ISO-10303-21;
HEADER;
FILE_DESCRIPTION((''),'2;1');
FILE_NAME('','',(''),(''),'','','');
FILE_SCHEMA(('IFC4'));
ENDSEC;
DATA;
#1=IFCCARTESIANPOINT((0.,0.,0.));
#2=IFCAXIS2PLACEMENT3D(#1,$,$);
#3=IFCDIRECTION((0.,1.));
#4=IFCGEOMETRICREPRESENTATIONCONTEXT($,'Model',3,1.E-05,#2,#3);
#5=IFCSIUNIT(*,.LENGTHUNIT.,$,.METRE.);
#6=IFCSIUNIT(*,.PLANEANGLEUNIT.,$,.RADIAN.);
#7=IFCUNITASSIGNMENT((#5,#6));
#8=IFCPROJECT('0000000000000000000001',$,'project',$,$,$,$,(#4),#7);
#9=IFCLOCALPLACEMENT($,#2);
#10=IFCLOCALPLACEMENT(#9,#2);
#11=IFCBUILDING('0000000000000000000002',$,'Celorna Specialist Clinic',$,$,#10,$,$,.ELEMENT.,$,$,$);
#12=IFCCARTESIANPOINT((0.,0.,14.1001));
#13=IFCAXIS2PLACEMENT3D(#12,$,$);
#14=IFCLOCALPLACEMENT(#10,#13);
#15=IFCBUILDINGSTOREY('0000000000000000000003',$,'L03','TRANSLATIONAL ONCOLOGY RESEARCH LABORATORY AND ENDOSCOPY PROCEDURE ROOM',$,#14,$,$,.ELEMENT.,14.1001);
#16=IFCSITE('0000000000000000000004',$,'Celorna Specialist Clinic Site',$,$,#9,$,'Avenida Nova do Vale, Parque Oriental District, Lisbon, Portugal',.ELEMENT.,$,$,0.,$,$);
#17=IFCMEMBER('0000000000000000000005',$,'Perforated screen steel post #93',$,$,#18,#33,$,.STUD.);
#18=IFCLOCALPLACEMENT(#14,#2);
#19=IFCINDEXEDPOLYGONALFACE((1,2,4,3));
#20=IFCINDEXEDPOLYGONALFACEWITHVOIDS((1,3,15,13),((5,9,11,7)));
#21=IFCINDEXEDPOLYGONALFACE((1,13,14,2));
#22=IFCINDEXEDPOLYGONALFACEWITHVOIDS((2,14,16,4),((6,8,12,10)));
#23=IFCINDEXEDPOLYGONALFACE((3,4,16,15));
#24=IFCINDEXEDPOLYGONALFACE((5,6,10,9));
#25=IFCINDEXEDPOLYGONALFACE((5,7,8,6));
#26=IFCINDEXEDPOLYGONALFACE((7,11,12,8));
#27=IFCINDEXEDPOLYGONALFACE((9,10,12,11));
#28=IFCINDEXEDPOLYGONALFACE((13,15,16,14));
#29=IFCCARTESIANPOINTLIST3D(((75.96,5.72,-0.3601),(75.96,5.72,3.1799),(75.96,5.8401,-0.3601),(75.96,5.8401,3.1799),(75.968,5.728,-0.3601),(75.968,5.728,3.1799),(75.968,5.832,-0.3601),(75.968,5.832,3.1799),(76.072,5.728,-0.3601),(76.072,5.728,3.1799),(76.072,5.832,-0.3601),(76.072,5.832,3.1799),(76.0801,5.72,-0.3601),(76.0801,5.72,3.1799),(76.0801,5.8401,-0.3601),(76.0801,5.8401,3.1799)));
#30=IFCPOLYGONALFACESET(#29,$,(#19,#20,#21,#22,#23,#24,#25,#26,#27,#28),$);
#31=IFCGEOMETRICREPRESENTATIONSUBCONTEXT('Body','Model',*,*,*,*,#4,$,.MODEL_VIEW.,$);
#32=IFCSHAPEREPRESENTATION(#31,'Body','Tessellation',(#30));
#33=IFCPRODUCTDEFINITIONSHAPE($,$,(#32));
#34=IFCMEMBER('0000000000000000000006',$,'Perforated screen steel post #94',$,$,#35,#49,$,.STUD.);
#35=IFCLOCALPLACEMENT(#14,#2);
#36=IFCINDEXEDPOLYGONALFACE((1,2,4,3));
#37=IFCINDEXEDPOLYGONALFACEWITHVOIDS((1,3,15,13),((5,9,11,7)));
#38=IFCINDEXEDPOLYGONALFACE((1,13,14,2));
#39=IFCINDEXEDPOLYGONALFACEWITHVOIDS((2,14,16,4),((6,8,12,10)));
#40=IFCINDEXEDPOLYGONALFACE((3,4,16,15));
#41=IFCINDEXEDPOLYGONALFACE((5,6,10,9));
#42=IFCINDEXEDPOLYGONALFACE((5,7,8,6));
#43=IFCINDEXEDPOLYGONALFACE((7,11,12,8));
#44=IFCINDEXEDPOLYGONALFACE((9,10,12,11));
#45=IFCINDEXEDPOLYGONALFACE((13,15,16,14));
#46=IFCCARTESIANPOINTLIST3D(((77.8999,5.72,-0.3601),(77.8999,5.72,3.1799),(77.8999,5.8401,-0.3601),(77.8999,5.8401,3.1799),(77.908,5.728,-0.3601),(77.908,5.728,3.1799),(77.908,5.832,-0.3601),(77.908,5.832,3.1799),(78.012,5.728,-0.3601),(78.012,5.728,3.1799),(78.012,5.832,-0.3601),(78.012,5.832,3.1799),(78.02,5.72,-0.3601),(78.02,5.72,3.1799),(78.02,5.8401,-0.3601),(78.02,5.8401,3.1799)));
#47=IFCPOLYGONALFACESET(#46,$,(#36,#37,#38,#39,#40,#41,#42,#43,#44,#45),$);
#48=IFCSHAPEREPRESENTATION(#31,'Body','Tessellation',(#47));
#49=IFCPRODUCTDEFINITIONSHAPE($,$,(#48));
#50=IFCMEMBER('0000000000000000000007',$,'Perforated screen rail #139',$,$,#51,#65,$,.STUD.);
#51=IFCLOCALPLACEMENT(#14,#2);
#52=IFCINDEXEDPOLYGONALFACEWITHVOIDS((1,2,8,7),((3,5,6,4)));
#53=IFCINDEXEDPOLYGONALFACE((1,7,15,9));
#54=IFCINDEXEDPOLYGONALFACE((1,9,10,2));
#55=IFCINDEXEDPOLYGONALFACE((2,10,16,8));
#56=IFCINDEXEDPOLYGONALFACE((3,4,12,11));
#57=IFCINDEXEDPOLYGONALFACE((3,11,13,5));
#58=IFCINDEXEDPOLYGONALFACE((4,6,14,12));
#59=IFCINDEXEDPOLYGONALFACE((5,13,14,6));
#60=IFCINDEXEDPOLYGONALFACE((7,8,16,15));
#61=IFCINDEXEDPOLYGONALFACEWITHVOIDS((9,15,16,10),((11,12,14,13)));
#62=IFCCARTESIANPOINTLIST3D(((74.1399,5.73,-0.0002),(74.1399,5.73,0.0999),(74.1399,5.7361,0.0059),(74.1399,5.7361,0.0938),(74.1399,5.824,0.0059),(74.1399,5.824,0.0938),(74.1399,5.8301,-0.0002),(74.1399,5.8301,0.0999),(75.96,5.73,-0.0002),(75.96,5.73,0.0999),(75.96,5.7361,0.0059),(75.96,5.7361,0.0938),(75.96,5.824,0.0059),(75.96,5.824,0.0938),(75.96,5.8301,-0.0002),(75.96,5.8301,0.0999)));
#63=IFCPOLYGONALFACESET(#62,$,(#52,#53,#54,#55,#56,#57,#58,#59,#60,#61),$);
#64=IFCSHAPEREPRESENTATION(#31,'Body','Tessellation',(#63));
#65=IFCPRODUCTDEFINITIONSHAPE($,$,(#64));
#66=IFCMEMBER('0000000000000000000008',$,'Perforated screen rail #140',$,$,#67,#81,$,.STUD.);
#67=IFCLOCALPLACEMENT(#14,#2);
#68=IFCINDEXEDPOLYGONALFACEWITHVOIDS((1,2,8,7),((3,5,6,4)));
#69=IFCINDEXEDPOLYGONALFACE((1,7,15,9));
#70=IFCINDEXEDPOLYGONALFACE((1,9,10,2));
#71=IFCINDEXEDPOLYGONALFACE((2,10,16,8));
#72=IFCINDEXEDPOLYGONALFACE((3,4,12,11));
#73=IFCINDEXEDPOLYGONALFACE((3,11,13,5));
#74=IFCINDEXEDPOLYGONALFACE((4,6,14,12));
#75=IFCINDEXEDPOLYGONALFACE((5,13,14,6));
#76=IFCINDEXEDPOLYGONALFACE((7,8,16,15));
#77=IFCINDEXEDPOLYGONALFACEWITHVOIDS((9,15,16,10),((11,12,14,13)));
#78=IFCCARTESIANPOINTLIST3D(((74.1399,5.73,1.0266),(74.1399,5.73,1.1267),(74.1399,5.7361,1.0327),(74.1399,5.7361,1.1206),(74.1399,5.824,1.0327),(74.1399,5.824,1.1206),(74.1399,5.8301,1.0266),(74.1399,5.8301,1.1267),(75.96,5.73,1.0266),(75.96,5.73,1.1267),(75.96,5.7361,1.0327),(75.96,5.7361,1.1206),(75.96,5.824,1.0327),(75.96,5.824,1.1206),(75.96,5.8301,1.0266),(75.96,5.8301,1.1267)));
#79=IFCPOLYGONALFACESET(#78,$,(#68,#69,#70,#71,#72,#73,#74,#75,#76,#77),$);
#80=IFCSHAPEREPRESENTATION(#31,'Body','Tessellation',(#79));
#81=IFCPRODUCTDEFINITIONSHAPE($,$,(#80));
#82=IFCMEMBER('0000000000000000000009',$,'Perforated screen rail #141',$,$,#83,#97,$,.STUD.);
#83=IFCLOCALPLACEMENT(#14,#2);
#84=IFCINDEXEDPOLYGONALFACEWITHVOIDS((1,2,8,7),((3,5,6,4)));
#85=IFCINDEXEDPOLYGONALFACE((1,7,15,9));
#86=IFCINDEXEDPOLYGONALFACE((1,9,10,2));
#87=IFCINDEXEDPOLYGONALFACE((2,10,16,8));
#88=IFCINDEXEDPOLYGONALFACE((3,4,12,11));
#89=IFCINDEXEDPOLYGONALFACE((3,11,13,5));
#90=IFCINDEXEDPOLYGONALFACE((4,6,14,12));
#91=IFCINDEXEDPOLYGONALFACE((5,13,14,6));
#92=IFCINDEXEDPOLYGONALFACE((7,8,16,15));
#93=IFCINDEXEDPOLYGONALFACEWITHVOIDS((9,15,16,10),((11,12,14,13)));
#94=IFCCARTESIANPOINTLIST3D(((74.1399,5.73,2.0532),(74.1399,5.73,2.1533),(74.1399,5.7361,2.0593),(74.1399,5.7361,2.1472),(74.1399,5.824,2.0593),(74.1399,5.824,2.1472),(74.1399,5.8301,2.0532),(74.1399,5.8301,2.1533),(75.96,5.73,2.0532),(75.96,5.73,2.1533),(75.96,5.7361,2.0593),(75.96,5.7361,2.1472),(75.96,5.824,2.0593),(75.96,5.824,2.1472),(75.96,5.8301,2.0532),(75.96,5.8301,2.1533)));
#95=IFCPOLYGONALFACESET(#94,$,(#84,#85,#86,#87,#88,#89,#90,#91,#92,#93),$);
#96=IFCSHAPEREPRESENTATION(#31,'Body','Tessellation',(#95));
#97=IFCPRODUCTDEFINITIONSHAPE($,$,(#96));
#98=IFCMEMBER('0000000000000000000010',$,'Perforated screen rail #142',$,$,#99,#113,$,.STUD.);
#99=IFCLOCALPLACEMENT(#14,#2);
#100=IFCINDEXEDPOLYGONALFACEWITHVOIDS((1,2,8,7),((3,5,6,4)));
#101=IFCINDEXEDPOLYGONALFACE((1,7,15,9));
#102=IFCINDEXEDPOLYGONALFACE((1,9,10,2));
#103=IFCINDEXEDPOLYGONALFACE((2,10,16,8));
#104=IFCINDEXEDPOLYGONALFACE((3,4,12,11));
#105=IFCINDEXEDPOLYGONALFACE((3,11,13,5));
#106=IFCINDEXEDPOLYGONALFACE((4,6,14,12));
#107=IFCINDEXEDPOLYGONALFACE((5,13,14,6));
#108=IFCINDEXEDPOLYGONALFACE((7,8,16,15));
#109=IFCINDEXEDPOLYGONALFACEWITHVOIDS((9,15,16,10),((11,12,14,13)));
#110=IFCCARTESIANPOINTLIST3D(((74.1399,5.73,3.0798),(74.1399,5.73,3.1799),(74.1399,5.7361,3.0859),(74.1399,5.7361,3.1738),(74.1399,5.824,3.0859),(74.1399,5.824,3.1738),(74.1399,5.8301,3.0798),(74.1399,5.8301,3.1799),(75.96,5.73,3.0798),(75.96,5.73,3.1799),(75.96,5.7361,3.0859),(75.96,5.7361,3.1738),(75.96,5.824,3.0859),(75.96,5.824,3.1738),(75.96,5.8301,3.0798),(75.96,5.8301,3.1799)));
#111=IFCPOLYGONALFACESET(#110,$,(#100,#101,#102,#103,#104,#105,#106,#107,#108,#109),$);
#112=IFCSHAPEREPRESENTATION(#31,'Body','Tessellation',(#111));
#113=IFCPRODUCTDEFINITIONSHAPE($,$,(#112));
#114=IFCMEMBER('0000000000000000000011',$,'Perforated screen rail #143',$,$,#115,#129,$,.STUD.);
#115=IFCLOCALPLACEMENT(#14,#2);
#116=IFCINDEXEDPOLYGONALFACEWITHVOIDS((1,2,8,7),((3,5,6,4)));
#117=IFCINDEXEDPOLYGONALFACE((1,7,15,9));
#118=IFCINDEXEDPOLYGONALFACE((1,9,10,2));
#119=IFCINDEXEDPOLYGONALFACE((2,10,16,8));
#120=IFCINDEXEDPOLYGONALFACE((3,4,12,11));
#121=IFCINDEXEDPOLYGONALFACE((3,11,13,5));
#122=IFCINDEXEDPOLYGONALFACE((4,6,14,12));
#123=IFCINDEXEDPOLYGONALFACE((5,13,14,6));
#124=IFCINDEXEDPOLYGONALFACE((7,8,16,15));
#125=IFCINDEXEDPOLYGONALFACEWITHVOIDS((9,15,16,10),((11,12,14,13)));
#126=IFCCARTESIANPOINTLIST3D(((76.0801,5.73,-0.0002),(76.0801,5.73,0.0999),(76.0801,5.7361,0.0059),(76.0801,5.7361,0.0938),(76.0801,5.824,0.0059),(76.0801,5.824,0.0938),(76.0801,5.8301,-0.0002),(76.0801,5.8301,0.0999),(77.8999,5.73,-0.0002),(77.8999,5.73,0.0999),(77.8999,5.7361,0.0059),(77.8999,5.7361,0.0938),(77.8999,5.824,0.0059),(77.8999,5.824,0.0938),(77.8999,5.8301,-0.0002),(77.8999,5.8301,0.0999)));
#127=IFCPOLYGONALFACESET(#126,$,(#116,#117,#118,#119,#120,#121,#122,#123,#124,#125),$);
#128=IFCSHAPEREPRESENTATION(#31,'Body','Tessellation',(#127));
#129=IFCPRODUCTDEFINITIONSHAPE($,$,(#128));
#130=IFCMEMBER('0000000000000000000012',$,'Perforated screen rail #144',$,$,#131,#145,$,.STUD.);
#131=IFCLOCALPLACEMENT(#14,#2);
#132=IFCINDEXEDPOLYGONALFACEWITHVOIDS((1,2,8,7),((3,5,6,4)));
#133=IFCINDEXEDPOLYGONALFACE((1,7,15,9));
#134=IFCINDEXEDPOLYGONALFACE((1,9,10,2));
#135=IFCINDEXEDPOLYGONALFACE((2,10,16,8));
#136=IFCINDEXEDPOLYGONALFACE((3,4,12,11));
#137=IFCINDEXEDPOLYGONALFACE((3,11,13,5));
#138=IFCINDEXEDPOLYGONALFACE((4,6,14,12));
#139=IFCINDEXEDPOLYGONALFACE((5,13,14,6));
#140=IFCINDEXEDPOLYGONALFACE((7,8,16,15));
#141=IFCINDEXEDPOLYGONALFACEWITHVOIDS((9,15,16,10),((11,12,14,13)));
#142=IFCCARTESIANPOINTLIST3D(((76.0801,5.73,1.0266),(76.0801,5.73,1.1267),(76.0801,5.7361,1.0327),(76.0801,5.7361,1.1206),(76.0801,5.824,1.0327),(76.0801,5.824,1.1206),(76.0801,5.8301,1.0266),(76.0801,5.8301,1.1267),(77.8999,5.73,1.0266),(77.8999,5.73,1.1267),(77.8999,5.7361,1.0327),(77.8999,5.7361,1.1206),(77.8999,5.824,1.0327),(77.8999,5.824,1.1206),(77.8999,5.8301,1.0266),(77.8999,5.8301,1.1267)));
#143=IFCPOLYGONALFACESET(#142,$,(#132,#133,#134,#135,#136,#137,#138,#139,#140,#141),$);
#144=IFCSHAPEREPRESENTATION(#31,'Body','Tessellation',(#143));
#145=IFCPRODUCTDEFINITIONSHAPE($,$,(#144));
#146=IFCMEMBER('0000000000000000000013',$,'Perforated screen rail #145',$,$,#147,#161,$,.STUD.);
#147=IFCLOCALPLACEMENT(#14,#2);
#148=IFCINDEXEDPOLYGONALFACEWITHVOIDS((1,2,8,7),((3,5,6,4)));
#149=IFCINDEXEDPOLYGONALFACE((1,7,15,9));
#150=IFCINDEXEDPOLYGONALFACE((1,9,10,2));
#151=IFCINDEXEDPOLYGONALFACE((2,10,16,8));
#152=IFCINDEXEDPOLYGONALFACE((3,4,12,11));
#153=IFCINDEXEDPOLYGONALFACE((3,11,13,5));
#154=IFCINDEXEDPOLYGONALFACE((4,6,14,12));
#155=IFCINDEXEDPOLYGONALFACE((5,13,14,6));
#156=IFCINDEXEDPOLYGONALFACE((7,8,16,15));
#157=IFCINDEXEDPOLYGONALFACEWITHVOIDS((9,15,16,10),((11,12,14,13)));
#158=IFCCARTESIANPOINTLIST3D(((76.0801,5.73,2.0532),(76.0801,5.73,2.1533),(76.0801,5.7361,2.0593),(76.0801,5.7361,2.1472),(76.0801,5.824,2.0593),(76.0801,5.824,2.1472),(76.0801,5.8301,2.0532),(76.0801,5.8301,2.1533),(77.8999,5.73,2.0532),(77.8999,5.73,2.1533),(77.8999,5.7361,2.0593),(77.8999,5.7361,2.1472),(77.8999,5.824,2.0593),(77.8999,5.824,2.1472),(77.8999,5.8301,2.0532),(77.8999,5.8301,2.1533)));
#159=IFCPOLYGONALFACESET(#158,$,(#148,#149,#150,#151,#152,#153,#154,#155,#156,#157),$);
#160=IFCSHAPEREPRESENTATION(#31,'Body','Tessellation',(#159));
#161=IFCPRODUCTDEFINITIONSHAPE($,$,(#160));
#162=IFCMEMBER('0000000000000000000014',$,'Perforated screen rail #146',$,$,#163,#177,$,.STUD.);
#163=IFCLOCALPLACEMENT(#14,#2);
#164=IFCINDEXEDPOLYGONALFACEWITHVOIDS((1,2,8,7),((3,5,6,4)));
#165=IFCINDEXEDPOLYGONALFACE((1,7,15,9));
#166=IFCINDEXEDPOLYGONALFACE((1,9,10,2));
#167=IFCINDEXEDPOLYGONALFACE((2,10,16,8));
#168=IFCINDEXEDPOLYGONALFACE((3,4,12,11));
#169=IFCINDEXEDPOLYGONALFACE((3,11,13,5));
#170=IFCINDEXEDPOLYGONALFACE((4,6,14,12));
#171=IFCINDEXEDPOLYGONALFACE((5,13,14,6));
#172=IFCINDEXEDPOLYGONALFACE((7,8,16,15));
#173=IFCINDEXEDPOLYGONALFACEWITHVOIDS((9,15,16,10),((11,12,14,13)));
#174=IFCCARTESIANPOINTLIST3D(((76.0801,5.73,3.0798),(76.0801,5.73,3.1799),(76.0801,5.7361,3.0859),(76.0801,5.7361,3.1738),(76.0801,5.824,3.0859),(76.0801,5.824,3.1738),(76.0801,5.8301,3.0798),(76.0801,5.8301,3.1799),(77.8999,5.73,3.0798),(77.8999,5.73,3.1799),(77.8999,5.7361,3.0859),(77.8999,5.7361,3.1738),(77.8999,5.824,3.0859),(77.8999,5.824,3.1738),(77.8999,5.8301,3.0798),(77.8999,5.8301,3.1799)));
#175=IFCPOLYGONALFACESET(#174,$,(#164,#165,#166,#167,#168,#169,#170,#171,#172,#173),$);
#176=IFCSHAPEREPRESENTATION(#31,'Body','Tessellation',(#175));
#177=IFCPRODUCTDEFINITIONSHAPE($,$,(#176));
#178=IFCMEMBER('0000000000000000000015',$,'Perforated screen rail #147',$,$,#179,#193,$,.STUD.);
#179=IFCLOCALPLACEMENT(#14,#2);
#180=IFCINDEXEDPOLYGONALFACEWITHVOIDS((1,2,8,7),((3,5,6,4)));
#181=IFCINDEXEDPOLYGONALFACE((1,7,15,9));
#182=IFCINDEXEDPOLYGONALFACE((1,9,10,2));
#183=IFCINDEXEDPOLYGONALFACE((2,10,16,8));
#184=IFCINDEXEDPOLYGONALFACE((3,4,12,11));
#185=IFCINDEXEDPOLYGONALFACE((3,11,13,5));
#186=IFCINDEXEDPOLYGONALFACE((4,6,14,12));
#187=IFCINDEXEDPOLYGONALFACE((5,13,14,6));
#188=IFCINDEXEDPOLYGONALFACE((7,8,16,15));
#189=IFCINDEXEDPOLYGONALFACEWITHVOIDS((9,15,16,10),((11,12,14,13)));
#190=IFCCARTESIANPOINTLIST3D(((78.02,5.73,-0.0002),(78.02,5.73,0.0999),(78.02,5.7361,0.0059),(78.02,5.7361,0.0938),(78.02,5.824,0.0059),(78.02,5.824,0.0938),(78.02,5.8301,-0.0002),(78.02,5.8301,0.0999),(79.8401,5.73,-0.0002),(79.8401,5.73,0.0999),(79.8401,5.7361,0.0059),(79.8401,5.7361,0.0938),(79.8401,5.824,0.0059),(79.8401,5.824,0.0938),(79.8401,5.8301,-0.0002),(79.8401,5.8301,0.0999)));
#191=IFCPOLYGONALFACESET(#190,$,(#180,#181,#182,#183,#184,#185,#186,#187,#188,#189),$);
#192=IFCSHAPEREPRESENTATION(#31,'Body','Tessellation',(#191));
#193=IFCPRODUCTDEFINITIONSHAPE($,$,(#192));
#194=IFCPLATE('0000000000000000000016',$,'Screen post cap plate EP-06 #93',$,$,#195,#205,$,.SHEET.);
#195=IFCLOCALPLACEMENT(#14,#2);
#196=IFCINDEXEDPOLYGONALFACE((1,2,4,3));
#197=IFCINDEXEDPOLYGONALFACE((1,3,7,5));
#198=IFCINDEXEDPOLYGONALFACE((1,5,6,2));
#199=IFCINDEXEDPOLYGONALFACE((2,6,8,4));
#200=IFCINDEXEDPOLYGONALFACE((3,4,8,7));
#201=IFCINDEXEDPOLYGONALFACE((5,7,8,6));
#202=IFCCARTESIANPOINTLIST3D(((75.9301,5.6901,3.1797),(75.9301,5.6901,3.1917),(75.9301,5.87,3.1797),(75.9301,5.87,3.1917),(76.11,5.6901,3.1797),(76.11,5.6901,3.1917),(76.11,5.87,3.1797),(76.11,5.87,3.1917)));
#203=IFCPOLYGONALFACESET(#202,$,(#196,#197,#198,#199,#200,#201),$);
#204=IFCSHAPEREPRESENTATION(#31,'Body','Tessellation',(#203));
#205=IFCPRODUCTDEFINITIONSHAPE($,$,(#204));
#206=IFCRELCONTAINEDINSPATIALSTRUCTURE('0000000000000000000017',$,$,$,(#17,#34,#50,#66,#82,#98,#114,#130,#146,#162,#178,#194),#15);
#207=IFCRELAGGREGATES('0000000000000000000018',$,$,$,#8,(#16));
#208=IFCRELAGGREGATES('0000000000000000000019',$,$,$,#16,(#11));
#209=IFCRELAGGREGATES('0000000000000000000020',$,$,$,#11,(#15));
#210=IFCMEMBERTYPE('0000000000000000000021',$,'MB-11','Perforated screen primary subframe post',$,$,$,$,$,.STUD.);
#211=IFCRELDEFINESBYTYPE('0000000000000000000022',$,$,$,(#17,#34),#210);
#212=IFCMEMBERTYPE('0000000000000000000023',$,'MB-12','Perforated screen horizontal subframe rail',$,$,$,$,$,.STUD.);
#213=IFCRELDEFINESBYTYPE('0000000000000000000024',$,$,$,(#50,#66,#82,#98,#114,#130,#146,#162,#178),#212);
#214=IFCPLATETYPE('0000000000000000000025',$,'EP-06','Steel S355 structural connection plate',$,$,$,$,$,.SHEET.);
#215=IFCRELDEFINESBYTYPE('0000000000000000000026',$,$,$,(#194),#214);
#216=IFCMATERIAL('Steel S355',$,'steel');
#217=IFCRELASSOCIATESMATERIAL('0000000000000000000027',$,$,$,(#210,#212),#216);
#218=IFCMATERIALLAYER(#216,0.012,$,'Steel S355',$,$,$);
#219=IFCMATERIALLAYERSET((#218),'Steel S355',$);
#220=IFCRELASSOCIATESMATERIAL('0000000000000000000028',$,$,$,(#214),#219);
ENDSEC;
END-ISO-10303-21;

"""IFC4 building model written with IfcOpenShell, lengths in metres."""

from ifc_helpers import new_model, si_unit, direction, frame, origin, origin_2d, place, context, subcontext, project, spatial, rectangle, hollow_rectangle, extrude, material, layer, layer_set, material_profile, profile_set, type_object, element, save


model = new_model("IFC4")

# Units and contexts
model_context = context("Model", 3, precision=1e-05, world=origin(), true_north=direction((0.0, 1.0)))
body_context = subcontext(model_context, "Body", "Model", "MODEL_VIEW")
ifc_project = project(units=[si_unit("LENGTHUNIT", "METRE"), si_unit("PLANEANGLEUNIT", "RADIAN")], contexts=[model_context])

# Site, building, storey
site_placement = place(None, origin())
site = spatial("IfcSite", under=ifc_project, at=site_placement, Name="Celorna Specialist Clinic Site", LongName="Avenida Nova do Vale, Parque Oriental District, Lisbon, Portugal", CompositionType="ELEMENT", RefElevation=0.0)
building_placement = place(site_placement, origin())
building = spatial("IfcBuilding", under=site, at=building_placement, Name="Celorna Specialist Clinic", CompositionType="ELEMENT")
storey_placement = place(building_placement, frame((0.0, 0.0, 14.1001)))
storey = spatial("IfcBuildingStorey", under=building, at=storey_placement, Name="L03", Description="TRANSLATIONAL ONCOLOGY RESEARCH LABORATORY AND ENDOSCOPY PROCEDURE ROOM", CompositionType="ELEMENT", Elevation=14.1001)

# Members
ifc_material_1 = material(Name="Steel S355", Category="steel")
ifc_material_profile_1 = material_profile(ifc_material_1, hollow_rectangle(XDim=0.1201, YDim=0.1201, WallThickness=0.0081, at=origin_2d()), Name="SHS 120x120x8")
ifc_profile_set_1 = profile_set([ifc_material_profile_1], Name="Steel S355")
member_type_1 = type_object("IfcMemberType", Name="MB-11", Description="Perforated screen primary subframe post", PredefinedType="STUD", material=ifc_profile_set_1)
for number, where, z_axis, x_axis, name in (
    (1, (76.02, 5.78, -0.3601), (0.0, 0.0, 1.0), (1.0, 0.0, 0.0), "Perforated screen steel post #93"),
    (2, (77.96, 5.78, -0.3601), (0.0, 0.0, 1.0), (1.0, 0.0, 0.0), "Perforated screen steel post #94"),
):
    element("IfcMember", number, at=place(storey_placement, frame(where, z_axis=z_axis, x_axis=x_axis)), inside=storey, type_object=member_type_1, Name=name, PredefinedType="STUD", context=body_context, shape_type="SweptSolid", body=[
        extrude(hollow_rectangle(XDim=0.1201, YDim=0.1201, WallThickness=0.0081, at=origin_2d()), origin(), (0.0, 0.0, 1.0), 3.54),
    ])
ifc_material_profile_2 = material_profile(ifc_material_1, hollow_rectangle(XDim=0.1001, YDim=0.1001, WallThickness=0.0061, at=origin_2d()), Name="SHS 100x100x6")
ifc_profile_set_2 = profile_set([ifc_material_profile_2], Name="Steel S355")
member_type_2 = type_object("IfcMemberType", Name="MB-12", Description="Perforated screen horizontal subframe rail", PredefinedType="STUD", material=ifc_profile_set_2)
for number, where, z_axis, x_axis, name in (
    (3, (74.1399, 5.78, 0.0498), (1.0, 0.0, 0.0), (0.0, 1.0, 0.0), "Perforated screen rail #139"),
    (4, (74.1399, 5.78, 1.0767), (1.0, 0.0, 0.0), (0.0, 1.0, 0.0), "Perforated screen rail #140"),
    (5, (74.1399, 5.78, 2.1033), (1.0, 0.0, 0.0), (0.0, 1.0, 0.0), "Perforated screen rail #141"),
    (6, (74.1399, 5.78, 3.1299), (1.0, 0.0, 0.0), (0.0, 1.0, 0.0), "Perforated screen rail #142"),
):
    element("IfcMember", number, at=place(storey_placement, frame(where, z_axis=z_axis, x_axis=x_axis)), inside=storey, type_object=member_type_2, Name=name, PredefinedType="STUD", context=body_context, shape_type="SweptSolid", body=[
        extrude(hollow_rectangle(XDim=0.1001, YDim=0.1001, WallThickness=0.0061, at=origin_2d()), origin(), (0.0, 0.0, 1.0), 1.8201),
    ])
for number, where, z_axis, x_axis, name in (
    (7, (76.0801, 5.78, 0.0498), (1.0, 0.0, 0.0), (0.0, 1.0, 0.0), "Perforated screen rail #143"),
    (8, (76.0801, 5.78, 1.0767), (1.0, 0.0, 0.0), (0.0, 1.0, 0.0), "Perforated screen rail #144"),
    (9, (76.0801, 5.78, 2.1033), (1.0, 0.0, 0.0), (0.0, 1.0, 0.0), "Perforated screen rail #145"),
    (10, (76.0801, 5.78, 3.1299), (1.0, 0.0, 0.0), (0.0, 1.0, 0.0), "Perforated screen rail #146"),
):
    element("IfcMember", number, at=place(storey_placement, frame(where, z_axis=z_axis, x_axis=x_axis)), inside=storey, type_object=member_type_2, Name=name, PredefinedType="STUD", context=body_context, shape_type="SweptSolid", body=[
        extrude(hollow_rectangle(XDim=0.1001, YDim=0.1001, WallThickness=0.0061, at=origin_2d()), origin(), (0.0, 0.0, 1.0), 1.8198),
    ])
member_placement = place(storey_placement, frame((78.02, 5.78, 0.0498), z_axis=(1.0, 0.0, 0.0), x_axis=(0.0, 1.0, 0.0)))
element("IfcMember", 11, at=member_placement, inside=storey, type_object=member_type_2, Name="Perforated screen rail #147", PredefinedType="STUD", context=body_context, shape_type="SweptSolid", body=[
    extrude(hollow_rectangle(XDim=0.1001, YDim=0.1001, WallThickness=0.0061, at=origin_2d()), origin(), (0.0, 0.0, 1.0), 1.8201),
])

# Plate
ifc_layer_1 = layer(ifc_material_1, 0.012, Name="Steel S355")
ifc_layer_set_1 = layer_set([ifc_layer_1], Name="Steel S355")
plate_type_1 = type_object("IfcPlateType", Name="EP-06", Description="Steel S355 structural connection plate", PredefinedType="SHEET", material=ifc_layer_set_1)
plate_1_placement = place(storey_placement, frame((76.02, 5.78, 3.1797), z_axis=(0.0, 0.0, 1.0), x_axis=(1.0, 0.0, 0.0)))
element("IfcPlate", 12, at=plate_1_placement, inside=storey, type_object=plate_type_1, Name="Screen post cap plate EP-06 #93", PredefinedType="SHEET", context=body_context, shape_type="SweptSolid", body=[
    extrude(rectangle(XDim=0.1799, YDim=0.1799, at=origin_2d()), origin(), (0.0, 0.0, 1.0), 0.012),
])

save(model, "model.ifc")
